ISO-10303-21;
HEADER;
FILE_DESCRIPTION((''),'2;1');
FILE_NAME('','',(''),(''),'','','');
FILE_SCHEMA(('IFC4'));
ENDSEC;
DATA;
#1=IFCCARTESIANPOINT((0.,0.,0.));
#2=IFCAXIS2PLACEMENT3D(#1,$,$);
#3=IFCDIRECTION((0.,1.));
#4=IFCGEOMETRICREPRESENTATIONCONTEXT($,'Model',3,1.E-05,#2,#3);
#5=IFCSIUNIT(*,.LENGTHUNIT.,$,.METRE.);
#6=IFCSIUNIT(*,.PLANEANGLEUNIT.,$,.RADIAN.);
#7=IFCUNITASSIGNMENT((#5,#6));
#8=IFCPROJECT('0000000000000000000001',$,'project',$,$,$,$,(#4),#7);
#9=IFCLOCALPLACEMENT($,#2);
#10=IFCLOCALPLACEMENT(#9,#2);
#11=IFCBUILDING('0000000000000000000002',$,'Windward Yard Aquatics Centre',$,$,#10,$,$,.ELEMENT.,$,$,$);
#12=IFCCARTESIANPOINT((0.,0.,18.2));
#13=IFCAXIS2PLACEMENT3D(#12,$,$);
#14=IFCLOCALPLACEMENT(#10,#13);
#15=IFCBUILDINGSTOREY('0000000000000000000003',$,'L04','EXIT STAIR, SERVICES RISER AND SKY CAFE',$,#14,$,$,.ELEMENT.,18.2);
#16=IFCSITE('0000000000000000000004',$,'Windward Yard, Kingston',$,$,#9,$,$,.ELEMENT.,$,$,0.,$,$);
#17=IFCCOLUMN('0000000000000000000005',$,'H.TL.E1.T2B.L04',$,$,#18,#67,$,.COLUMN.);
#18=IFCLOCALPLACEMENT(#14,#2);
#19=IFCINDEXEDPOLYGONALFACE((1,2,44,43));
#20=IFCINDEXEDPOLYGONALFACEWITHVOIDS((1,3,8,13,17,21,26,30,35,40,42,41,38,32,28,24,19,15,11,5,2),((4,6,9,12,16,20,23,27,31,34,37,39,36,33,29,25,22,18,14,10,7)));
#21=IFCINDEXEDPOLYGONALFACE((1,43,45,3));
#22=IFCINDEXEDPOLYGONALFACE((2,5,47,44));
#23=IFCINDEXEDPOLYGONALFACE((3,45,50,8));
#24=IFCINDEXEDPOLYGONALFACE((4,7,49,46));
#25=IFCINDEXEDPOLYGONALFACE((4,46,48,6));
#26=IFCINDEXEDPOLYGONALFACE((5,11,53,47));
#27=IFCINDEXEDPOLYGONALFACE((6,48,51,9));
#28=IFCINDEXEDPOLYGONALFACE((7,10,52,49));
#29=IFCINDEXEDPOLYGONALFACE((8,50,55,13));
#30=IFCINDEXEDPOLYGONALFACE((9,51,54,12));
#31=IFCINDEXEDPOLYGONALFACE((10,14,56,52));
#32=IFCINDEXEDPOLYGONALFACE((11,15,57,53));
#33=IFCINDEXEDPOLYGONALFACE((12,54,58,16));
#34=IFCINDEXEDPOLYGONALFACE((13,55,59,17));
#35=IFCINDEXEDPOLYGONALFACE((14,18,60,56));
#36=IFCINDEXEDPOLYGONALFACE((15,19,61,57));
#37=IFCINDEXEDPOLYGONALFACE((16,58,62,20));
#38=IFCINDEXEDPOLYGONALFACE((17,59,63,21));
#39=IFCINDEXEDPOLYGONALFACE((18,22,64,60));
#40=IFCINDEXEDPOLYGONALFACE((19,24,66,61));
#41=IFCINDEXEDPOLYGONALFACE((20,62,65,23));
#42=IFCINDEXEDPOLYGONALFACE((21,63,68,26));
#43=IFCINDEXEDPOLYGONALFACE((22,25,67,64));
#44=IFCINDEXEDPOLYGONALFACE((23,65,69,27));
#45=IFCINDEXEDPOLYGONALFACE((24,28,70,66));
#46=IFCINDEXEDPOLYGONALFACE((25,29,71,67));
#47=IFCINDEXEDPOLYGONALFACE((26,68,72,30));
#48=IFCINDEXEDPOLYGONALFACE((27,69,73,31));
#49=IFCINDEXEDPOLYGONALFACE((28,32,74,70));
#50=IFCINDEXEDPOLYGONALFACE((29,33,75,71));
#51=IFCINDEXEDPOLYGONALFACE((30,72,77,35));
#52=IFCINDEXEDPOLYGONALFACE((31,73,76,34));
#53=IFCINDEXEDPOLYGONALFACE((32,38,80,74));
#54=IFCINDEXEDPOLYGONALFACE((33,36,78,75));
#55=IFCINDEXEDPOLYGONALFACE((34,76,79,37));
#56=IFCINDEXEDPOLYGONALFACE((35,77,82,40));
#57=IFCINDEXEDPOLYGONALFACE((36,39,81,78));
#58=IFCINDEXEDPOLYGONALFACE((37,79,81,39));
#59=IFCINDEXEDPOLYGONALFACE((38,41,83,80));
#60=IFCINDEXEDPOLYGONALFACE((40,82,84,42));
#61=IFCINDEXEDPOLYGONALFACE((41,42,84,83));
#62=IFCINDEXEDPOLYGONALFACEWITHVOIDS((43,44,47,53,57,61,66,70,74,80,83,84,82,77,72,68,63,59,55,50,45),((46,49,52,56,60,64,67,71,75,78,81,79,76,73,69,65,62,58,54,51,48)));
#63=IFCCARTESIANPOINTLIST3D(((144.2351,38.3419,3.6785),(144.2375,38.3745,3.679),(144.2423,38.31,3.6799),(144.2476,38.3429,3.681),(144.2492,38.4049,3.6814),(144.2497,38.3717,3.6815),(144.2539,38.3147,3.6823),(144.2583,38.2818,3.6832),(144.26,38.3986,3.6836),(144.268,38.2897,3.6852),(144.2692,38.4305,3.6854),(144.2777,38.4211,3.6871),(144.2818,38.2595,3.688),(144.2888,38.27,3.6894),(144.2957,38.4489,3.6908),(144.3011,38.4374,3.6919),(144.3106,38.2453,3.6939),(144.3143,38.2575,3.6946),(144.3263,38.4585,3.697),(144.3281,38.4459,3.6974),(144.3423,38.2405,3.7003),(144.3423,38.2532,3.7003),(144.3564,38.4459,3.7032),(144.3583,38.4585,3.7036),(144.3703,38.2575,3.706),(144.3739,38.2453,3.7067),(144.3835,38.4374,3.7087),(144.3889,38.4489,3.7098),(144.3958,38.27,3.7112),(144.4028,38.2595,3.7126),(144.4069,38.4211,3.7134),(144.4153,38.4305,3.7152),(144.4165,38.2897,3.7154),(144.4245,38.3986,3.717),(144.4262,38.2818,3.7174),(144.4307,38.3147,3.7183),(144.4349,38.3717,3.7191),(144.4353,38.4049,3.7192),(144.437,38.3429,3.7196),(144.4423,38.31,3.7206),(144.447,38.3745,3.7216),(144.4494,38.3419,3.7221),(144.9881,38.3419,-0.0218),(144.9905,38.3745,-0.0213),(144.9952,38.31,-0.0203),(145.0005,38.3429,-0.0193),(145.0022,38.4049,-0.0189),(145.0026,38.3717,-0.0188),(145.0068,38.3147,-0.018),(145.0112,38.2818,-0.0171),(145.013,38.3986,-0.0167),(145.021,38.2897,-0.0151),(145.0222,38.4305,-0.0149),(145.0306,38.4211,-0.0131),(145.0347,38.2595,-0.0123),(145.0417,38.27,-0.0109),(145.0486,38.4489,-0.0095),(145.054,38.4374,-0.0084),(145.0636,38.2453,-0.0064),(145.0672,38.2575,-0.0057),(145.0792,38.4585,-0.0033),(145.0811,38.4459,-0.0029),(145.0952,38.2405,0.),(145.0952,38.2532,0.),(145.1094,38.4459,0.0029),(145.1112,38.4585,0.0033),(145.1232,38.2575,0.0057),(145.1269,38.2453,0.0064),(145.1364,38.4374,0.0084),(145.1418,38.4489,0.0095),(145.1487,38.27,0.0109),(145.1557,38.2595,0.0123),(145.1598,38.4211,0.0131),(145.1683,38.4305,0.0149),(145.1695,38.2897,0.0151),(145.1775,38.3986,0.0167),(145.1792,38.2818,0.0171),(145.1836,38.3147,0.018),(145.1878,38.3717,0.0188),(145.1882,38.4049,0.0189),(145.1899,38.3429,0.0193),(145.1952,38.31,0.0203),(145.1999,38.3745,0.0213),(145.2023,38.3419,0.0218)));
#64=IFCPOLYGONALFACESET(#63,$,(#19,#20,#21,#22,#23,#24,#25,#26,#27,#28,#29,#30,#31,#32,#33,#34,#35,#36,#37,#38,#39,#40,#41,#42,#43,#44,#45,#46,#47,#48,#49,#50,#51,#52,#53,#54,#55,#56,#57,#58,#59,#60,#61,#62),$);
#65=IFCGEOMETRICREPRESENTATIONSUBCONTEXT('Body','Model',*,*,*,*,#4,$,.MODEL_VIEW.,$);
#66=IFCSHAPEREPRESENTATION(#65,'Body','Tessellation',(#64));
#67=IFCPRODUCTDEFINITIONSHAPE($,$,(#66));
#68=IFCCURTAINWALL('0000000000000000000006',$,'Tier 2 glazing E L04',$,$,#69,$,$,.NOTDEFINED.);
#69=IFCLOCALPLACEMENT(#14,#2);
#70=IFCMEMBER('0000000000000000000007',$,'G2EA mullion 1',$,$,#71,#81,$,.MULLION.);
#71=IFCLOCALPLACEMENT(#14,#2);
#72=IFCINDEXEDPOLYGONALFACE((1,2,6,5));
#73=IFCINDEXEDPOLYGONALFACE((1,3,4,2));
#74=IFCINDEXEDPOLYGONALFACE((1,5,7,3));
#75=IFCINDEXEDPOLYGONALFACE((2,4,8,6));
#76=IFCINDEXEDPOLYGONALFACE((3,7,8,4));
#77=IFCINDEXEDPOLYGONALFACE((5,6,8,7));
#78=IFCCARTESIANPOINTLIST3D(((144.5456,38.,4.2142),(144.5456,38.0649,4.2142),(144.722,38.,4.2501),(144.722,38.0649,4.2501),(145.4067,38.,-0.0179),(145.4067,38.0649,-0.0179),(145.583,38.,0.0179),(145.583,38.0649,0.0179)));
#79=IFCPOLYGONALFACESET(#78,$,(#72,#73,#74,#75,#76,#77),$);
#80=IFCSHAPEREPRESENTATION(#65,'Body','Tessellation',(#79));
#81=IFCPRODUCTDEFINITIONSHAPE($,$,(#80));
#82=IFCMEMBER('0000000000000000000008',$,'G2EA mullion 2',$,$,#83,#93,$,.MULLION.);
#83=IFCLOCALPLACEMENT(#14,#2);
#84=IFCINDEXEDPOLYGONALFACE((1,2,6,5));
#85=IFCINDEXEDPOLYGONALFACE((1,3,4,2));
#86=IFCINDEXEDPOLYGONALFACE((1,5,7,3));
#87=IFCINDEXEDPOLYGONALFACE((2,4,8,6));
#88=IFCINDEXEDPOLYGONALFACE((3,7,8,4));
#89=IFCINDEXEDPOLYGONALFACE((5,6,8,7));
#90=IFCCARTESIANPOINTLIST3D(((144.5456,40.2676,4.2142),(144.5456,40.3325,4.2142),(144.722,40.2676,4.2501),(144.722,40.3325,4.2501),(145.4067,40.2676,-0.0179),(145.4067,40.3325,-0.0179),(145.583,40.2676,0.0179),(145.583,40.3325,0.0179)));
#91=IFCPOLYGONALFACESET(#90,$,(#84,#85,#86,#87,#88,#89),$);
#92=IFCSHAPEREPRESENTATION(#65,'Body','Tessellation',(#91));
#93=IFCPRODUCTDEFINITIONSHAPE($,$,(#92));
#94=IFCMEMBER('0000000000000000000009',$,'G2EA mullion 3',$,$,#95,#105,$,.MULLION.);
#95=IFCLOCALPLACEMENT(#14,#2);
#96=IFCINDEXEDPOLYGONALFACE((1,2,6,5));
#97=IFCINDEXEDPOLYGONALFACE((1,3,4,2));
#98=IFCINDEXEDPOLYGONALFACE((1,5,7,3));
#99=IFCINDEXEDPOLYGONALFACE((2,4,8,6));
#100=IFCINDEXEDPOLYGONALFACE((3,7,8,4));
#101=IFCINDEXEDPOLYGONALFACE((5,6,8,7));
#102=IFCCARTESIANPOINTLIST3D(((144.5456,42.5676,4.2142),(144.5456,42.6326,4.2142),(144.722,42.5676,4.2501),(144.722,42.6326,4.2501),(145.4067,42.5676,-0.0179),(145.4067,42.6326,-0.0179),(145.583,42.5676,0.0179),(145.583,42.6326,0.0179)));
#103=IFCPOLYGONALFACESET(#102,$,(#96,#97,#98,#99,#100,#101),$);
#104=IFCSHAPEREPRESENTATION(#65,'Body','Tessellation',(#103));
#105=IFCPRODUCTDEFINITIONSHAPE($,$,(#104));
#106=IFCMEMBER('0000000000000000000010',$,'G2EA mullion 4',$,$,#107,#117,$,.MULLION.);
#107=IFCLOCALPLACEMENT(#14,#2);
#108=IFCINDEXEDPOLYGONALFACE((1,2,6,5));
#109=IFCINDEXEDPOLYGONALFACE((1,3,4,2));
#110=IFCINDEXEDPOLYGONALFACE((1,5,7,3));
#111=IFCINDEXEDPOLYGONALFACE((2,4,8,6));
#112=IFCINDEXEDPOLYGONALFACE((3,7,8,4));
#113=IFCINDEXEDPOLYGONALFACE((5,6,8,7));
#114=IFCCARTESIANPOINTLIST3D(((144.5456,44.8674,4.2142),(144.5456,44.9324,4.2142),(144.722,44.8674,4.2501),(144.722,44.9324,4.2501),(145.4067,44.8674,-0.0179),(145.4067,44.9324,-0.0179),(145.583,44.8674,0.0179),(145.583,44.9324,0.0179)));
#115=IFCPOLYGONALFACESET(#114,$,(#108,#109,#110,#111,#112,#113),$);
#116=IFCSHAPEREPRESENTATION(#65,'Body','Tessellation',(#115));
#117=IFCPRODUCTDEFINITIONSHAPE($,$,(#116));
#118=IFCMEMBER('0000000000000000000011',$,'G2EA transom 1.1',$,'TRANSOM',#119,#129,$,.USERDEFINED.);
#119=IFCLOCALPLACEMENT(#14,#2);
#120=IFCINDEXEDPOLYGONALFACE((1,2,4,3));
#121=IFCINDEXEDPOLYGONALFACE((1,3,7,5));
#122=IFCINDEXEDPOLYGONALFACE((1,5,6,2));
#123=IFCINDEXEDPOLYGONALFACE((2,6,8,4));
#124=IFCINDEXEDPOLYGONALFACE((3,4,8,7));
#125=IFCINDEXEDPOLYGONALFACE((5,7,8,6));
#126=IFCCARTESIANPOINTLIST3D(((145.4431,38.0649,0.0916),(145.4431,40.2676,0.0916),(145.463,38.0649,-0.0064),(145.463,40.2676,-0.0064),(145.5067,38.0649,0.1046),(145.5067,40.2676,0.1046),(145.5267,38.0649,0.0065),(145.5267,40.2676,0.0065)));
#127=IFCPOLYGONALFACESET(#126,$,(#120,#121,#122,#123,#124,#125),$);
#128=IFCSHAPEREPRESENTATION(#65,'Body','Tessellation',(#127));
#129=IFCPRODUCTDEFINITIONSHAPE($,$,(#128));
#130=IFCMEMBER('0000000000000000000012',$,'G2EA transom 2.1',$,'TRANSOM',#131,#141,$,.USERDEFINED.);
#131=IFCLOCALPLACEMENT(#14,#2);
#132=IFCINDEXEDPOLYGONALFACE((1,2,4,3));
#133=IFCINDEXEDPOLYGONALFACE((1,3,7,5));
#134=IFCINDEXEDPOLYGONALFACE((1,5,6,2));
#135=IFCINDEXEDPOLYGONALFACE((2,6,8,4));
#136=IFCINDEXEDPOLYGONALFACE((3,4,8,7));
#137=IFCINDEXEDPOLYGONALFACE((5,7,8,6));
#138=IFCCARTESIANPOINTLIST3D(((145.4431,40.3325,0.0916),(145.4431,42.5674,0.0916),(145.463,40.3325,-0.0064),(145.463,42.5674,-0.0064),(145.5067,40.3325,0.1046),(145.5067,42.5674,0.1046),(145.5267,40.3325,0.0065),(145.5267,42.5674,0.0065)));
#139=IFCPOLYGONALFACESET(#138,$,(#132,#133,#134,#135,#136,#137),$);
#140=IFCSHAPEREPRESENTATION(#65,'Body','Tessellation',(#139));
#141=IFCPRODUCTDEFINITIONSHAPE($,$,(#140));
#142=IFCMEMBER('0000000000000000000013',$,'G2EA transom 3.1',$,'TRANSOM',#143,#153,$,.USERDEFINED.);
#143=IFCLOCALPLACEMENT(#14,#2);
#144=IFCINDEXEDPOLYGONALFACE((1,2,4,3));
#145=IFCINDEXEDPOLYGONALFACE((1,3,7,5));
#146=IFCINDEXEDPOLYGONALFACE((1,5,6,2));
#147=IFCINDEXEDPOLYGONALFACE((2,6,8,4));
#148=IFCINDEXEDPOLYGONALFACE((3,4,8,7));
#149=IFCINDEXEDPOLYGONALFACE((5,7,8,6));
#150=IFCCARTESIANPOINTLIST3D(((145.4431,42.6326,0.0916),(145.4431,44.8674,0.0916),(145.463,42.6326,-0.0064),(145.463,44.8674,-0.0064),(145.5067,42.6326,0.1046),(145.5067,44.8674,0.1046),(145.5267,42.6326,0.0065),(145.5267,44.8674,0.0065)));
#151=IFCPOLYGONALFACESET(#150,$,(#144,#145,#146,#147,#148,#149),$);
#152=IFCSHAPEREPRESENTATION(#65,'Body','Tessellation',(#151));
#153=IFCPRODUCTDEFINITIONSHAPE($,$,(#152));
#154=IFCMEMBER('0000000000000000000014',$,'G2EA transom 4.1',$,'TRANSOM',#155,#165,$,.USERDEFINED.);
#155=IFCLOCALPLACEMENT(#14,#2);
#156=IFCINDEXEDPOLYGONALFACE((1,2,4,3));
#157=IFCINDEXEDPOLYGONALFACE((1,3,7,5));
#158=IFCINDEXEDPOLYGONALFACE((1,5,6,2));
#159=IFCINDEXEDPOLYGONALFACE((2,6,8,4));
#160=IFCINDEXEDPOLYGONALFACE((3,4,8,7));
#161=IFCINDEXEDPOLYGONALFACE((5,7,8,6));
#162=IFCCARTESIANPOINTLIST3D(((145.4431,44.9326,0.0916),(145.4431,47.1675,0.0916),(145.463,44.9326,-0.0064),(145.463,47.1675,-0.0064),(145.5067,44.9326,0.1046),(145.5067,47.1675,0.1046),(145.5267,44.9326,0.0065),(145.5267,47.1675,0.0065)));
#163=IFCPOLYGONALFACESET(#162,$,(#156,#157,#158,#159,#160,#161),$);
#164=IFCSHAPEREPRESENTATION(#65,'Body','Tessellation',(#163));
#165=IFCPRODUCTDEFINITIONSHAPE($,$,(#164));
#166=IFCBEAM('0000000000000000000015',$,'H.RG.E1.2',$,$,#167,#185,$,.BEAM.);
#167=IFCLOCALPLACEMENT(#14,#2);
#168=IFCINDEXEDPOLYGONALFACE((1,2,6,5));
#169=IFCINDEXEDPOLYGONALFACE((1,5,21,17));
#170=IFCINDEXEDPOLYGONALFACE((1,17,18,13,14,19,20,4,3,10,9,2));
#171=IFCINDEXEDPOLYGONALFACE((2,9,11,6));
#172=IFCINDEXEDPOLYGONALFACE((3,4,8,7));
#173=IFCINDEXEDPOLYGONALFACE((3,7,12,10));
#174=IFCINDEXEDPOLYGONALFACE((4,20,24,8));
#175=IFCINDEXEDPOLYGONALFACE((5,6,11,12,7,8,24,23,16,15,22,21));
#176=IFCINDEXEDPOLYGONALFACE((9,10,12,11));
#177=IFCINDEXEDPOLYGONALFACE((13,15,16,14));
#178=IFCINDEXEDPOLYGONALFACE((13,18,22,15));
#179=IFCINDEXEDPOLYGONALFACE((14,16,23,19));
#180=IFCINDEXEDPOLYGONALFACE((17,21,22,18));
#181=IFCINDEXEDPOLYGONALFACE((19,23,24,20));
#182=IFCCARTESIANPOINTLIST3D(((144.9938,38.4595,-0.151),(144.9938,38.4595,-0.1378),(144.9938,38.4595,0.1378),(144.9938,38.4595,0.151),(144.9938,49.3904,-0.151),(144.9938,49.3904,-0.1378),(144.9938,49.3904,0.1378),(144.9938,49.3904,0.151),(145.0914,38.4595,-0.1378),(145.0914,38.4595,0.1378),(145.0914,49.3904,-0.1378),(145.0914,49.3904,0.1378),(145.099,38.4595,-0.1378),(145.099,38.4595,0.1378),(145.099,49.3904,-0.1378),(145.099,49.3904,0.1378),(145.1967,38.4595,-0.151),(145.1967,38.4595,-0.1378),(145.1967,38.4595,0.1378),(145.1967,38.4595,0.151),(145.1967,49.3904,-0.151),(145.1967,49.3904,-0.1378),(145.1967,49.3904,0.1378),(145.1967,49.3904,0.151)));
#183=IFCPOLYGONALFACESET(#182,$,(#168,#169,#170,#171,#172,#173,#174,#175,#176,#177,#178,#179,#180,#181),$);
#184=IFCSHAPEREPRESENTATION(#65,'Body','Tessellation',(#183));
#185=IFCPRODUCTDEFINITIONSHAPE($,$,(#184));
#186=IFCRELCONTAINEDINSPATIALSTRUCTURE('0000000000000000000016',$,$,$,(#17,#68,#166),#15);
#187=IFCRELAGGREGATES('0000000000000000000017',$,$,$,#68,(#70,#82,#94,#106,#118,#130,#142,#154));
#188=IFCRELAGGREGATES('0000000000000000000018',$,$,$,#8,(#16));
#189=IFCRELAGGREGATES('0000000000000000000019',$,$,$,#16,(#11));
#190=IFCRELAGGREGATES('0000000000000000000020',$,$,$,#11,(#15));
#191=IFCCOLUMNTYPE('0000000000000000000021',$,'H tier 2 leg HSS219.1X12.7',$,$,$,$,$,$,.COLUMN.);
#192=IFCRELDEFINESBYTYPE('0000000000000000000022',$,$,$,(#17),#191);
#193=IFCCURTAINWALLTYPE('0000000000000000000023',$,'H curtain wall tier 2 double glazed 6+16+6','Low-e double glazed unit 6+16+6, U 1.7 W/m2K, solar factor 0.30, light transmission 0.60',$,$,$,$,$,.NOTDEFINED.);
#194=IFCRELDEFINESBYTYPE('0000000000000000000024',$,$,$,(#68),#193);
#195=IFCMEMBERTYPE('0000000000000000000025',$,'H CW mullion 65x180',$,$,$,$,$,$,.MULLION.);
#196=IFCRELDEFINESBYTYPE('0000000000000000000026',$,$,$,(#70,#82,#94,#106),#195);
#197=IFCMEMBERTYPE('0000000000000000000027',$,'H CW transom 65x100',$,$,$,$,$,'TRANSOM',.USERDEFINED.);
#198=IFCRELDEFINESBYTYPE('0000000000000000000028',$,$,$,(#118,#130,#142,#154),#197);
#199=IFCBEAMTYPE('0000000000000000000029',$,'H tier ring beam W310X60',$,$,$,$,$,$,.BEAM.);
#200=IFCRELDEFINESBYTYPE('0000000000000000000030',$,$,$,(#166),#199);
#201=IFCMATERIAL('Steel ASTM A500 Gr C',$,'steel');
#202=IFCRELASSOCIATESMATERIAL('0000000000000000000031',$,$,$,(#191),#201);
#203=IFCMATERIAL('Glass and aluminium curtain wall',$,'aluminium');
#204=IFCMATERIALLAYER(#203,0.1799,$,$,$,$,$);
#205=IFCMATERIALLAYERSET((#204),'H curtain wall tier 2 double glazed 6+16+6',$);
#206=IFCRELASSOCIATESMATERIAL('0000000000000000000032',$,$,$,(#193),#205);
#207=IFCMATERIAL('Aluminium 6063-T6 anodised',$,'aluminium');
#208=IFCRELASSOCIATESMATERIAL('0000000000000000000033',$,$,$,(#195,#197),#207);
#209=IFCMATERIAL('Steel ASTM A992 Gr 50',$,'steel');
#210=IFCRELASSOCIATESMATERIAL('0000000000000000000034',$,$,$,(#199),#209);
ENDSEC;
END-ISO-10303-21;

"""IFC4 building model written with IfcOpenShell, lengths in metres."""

from ifc_helpers import new_model, si_unit, direction, frame, origin, origin_2d, place, context, subcontext, project, spatial, rectangle, hollow_circle, i_section, extrude, material, layer, layer_set, material_profile, profile_set, type_object, element, aggregate, save


model = new_model("IFC4")

# Units and contexts
model_context = context("Model", 3, precision=1e-05, world=origin(), true_north=direction((0.0, 1.0)))
body_context = subcontext(model_context, "Body", "Model", "MODEL_VIEW")
ifc_project = project(units=[si_unit("LENGTHUNIT", "METRE"), si_unit("PLANEANGLEUNIT", "RADIAN")], contexts=[model_context])

# Site, building, storey
site_placement = place(None, origin())
site = spatial("IfcSite", under=ifc_project, at=site_placement, Name="Windward Yard, Kingston", CompositionType="ELEMENT", RefElevation=0.0)
building_placement = place(site_placement, origin())
building = spatial("IfcBuilding", under=site, at=building_placement, Name="Windward Yard Aquatics Centre", CompositionType="ELEMENT")
storey_placement = place(building_placement, frame((0.0, 0.0, 18.2)))
storey = spatial("IfcBuildingStorey", under=building, at=storey_placement, Name="L04", Description="EXIT STAIR, SERVICES RISER AND SKY CAFE", CompositionType="ELEMENT", Elevation=18.2)

# Column
ifc_material_1 = material(Name="Steel ASTM A500 Gr C", Category="steel")
ifc_material_profile_1 = material_profile(ifc_material_1, hollow_circle(Radius=0.1096, WallThickness=0.0127, at=origin_2d()), Name="HSS219.1X12.7")
ifc_profile_set_1 = profile_set([ifc_material_profile_1], Name="Steel ASTM A500 Gr C")
column_type = type_object("IfcColumnType", Name="H tier 2 leg HSS219.1X12.7", PredefinedType="COLUMN", material=ifc_profile_set_1)
column_placement = place(storey_placement, frame((145.0952, 38.3501, 0.0), z_axis=(-0.199398, 0.0, 0.979919), x_axis=(0.0, -1.0, 0.0)))
element("IfcColumn", 1, at=column_placement, inside=storey, type_object=column_type, Name="H.TL.E1.T2B.L04", PredefinedType="COLUMN", context=body_context, shape_type="SweptSolid", body=[
    extrude(hollow_circle(Radius=0.1096, WallThickness=0.0127, at=origin_2d()), origin(), (0.0, 0.0, 1.0), 3.7761),
])

# Curtain wall, members
ifc_material_2 = material(Name="Glass and aluminium curtain wall", Category="aluminium")
ifc_layer_1 = layer(ifc_material_2, 0.1799)
ifc_layer_set_1 = layer_set([ifc_layer_1], Name="H curtain wall tier 2 double glazed 6+16+6")
curtain_wall_type = type_object("IfcCurtainWallType", Name="H curtain wall tier 2 double glazed 6+16+6", Description="Low-e double glazed unit 6+16+6, U 1.7 W/m2K, solar factor 0.30, light transmission 0.60", PredefinedType="NOTDEFINED", material=ifc_layer_set_1)
curtain_wall_placement = place(storey_placement, origin())
curtain_wall = element("IfcCurtainWall", 2, at=curtain_wall_placement, inside=storey, type_object=curtain_wall_type, Name="Tier 2 glazing E L04", PredefinedType="NOTDEFINED")
ifc_material_3 = material(Name="Aluminium 6063-T6 anodised", Category="aluminium")
ifc_material_profile_2 = material_profile(ifc_material_3, rectangle(XDim=0.0649, YDim=0.1799, at=origin_2d()), Name="H CW mullion 65x180")
ifc_profile_set_2 = profile_set([ifc_material_profile_2], Name="Aluminium 6063-T6 anodised")
member_type_1 = type_object("IfcMemberType", Name="H CW mullion 65x180", PredefinedType="MULLION", material=ifc_profile_set_2)
member_1_placement = place(storey_placement, frame((145.4949, 38.0325, 0.0), z_axis=(-0.199376, 0.0, 0.979923), x_axis=(0.0, -1.0, 0.0)))
member_1 = element("IfcMember", 3, at=member_1_placement, type_object=member_type_1, Name="G2EA mullion 1", PredefinedType="MULLION", context=body_context, shape_type="SweptSolid", body=[
    extrude(rectangle(XDim=0.0649, YDim=0.1799, at=origin_2d()), origin(), (0.0, 0.0, 1.0), 4.3188),
])
member_2_placement = place(storey_placement, frame((145.4949, 40.3, 0.0), z_axis=(-0.199376, 0.0, 0.979923), x_axis=(0.0, -1.0, 0.0)))
member_2 = element("IfcMember", 4, at=member_2_placement, type_object=member_type_1, Name="G2EA mullion 2", PredefinedType="MULLION", context=body_context, shape_type="SweptSolid", body=[
    extrude(rectangle(XDim=0.0649, YDim=0.1799, at=origin_2d()), origin(), (0.0, 0.0, 1.0), 4.3188),
])
member_3_placement = place(storey_placement, frame((145.4949, 42.6001, 0.0), z_axis=(-0.199376, 0.0, 0.979923), x_axis=(0.0, -1.0, 0.0)))
member_3 = element("IfcMember", 5, at=member_3_placement, type_object=member_type_1, Name="G2EA mullion 3", PredefinedType="MULLION", context=body_context, shape_type="SweptSolid", body=[
    extrude(rectangle(XDim=0.0649, YDim=0.1799, at=origin_2d()), origin(), (0.0, 0.0, 1.0), 4.3188),
])
member_4_placement = place(storey_placement, frame((145.4949, 44.8999, 0.0), z_axis=(-0.199376, 0.0, 0.979923), x_axis=(0.0, -1.0, 0.0)))
member_4 = element("IfcMember", 6, at=member_4_placement, type_object=member_type_1, Name="G2EA mullion 4", PredefinedType="MULLION", context=body_context, shape_type="SweptSolid", body=[
    extrude(rectangle(XDim=0.0649, YDim=0.1799, at=origin_2d()), origin(), (0.0, 0.0, 1.0), 4.3188),
])
ifc_material_profile_3 = material_profile(ifc_material_3, rectangle(XDim=0.0649, YDim=0.1001, at=origin_2d()), Name="H CW transom 65x100")
ifc_profile_set_3 = profile_set([ifc_material_profile_3], Name="Aluminium 6063-T6 anodised")
member_type_2 = type_object("IfcMemberType", Name="H CW transom 65x100", ElementType="TRANSOM", PredefinedType="USERDEFINED", material=ifc_profile_set_3)
member_5_placement = place(storey_placement, frame((145.4849, 38.0649, 0.0491), z_axis=(0.0, 1.0, 0.0), x_axis=(0.979925, 0.0, 0.199368)))
member_5 = element("IfcMember", 7, at=member_5_placement, type_object=member_type_2, Name="G2EA transom 1.1", ObjectType="TRANSOM", PredefinedType="USERDEFINED", context=body_context, shape_type="SweptSolid", body=[
    extrude(rectangle(XDim=0.0649, YDim=0.1001, at=origin_2d()), origin(), (0.0, 0.0, 1.0), 2.2026),
])
member_6_placement = place(storey_placement, frame((145.4849, 40.3325, 0.0491), z_axis=(0.0, 1.0, 0.0), x_axis=(0.979925, 0.0, 0.199368)))
member_6 = element("IfcMember", 8, at=member_6_placement, type_object=member_type_2, Name="G2EA transom 2.1", ObjectType="TRANSOM", PredefinedType="USERDEFINED", context=body_context, shape_type="SweptSolid", body=[
    extrude(rectangle(XDim=0.0649, YDim=0.1001, at=origin_2d()), origin(), (0.0, 0.0, 1.0), 2.2349),
])
member_7_placement = place(storey_placement, frame((145.4849, 42.6326, 0.0491), z_axis=(0.0, 1.0, 0.0), x_axis=(0.979925, 0.0, 0.199368)))
member_7 = element("IfcMember", 9, at=member_7_placement, type_object=member_type_2, Name="G2EA transom 3.1", ObjectType="TRANSOM", PredefinedType="USERDEFINED", context=body_context, shape_type="SweptSolid", body=[
    extrude(rectangle(XDim=0.0649, YDim=0.1001, at=origin_2d()), origin(), (0.0, 0.0, 1.0), 2.2349),
])
member_8_placement = place(storey_placement, frame((145.4849, 44.9326, 0.0491), z_axis=(0.0, 1.0, 0.0), x_axis=(0.979925, 0.0, 0.199368)))
member_8 = element("IfcMember", 10, at=member_8_placement, type_object=member_type_2, Name="G2EA transom 4.1", ObjectType="TRANSOM", PredefinedType="USERDEFINED", context=body_context, shape_type="SweptSolid", body=[
    extrude(rectangle(XDim=0.0649, YDim=0.1001, at=origin_2d()), origin(), (0.0, 0.0, 1.0), 2.2349),
])
aggregate(curtain_wall, [member_1, member_2, member_3, member_4, member_5, member_6, member_7, member_8])

# Beam
ifc_material_4 = material(Name="Steel ASTM A992 Gr 50", Category="steel")
ifc_material_profile_4 = material_profile(ifc_material_4, i_section(OverallWidth=0.2029, OverallDepth=0.302, WebThickness=0.0076, FlangeThickness=0.0132, at=origin_2d()), Name="W310X60")
ifc_profile_set_4 = profile_set([ifc_material_profile_4], Name="Steel ASTM A992 Gr 50")
beam_type = type_object("IfcBeamType", Name="H tier ring beam W310X60", PredefinedType="BEAM", material=ifc_profile_set_4)
beam_placement = place(storey_placement, frame((145.0952, 38.4595, 0.0), z_axis=(0.0, 1.0, 0.0), x_axis=(-1.0, 0.0, 0.0)))
element("IfcBeam", 11, at=beam_placement, inside=storey, type_object=beam_type, Name="H.RG.E1.2", PredefinedType="BEAM", context=body_context, shape_type="SweptSolid", body=[
    extrude(i_section(OverallWidth=0.2029, OverallDepth=0.302, WebThickness=0.0076, FlangeThickness=0.0132, at=origin_2d()), origin(), (0.0, 0.0, 1.0), 10.9309),
])

save(model, "model.ifc")
